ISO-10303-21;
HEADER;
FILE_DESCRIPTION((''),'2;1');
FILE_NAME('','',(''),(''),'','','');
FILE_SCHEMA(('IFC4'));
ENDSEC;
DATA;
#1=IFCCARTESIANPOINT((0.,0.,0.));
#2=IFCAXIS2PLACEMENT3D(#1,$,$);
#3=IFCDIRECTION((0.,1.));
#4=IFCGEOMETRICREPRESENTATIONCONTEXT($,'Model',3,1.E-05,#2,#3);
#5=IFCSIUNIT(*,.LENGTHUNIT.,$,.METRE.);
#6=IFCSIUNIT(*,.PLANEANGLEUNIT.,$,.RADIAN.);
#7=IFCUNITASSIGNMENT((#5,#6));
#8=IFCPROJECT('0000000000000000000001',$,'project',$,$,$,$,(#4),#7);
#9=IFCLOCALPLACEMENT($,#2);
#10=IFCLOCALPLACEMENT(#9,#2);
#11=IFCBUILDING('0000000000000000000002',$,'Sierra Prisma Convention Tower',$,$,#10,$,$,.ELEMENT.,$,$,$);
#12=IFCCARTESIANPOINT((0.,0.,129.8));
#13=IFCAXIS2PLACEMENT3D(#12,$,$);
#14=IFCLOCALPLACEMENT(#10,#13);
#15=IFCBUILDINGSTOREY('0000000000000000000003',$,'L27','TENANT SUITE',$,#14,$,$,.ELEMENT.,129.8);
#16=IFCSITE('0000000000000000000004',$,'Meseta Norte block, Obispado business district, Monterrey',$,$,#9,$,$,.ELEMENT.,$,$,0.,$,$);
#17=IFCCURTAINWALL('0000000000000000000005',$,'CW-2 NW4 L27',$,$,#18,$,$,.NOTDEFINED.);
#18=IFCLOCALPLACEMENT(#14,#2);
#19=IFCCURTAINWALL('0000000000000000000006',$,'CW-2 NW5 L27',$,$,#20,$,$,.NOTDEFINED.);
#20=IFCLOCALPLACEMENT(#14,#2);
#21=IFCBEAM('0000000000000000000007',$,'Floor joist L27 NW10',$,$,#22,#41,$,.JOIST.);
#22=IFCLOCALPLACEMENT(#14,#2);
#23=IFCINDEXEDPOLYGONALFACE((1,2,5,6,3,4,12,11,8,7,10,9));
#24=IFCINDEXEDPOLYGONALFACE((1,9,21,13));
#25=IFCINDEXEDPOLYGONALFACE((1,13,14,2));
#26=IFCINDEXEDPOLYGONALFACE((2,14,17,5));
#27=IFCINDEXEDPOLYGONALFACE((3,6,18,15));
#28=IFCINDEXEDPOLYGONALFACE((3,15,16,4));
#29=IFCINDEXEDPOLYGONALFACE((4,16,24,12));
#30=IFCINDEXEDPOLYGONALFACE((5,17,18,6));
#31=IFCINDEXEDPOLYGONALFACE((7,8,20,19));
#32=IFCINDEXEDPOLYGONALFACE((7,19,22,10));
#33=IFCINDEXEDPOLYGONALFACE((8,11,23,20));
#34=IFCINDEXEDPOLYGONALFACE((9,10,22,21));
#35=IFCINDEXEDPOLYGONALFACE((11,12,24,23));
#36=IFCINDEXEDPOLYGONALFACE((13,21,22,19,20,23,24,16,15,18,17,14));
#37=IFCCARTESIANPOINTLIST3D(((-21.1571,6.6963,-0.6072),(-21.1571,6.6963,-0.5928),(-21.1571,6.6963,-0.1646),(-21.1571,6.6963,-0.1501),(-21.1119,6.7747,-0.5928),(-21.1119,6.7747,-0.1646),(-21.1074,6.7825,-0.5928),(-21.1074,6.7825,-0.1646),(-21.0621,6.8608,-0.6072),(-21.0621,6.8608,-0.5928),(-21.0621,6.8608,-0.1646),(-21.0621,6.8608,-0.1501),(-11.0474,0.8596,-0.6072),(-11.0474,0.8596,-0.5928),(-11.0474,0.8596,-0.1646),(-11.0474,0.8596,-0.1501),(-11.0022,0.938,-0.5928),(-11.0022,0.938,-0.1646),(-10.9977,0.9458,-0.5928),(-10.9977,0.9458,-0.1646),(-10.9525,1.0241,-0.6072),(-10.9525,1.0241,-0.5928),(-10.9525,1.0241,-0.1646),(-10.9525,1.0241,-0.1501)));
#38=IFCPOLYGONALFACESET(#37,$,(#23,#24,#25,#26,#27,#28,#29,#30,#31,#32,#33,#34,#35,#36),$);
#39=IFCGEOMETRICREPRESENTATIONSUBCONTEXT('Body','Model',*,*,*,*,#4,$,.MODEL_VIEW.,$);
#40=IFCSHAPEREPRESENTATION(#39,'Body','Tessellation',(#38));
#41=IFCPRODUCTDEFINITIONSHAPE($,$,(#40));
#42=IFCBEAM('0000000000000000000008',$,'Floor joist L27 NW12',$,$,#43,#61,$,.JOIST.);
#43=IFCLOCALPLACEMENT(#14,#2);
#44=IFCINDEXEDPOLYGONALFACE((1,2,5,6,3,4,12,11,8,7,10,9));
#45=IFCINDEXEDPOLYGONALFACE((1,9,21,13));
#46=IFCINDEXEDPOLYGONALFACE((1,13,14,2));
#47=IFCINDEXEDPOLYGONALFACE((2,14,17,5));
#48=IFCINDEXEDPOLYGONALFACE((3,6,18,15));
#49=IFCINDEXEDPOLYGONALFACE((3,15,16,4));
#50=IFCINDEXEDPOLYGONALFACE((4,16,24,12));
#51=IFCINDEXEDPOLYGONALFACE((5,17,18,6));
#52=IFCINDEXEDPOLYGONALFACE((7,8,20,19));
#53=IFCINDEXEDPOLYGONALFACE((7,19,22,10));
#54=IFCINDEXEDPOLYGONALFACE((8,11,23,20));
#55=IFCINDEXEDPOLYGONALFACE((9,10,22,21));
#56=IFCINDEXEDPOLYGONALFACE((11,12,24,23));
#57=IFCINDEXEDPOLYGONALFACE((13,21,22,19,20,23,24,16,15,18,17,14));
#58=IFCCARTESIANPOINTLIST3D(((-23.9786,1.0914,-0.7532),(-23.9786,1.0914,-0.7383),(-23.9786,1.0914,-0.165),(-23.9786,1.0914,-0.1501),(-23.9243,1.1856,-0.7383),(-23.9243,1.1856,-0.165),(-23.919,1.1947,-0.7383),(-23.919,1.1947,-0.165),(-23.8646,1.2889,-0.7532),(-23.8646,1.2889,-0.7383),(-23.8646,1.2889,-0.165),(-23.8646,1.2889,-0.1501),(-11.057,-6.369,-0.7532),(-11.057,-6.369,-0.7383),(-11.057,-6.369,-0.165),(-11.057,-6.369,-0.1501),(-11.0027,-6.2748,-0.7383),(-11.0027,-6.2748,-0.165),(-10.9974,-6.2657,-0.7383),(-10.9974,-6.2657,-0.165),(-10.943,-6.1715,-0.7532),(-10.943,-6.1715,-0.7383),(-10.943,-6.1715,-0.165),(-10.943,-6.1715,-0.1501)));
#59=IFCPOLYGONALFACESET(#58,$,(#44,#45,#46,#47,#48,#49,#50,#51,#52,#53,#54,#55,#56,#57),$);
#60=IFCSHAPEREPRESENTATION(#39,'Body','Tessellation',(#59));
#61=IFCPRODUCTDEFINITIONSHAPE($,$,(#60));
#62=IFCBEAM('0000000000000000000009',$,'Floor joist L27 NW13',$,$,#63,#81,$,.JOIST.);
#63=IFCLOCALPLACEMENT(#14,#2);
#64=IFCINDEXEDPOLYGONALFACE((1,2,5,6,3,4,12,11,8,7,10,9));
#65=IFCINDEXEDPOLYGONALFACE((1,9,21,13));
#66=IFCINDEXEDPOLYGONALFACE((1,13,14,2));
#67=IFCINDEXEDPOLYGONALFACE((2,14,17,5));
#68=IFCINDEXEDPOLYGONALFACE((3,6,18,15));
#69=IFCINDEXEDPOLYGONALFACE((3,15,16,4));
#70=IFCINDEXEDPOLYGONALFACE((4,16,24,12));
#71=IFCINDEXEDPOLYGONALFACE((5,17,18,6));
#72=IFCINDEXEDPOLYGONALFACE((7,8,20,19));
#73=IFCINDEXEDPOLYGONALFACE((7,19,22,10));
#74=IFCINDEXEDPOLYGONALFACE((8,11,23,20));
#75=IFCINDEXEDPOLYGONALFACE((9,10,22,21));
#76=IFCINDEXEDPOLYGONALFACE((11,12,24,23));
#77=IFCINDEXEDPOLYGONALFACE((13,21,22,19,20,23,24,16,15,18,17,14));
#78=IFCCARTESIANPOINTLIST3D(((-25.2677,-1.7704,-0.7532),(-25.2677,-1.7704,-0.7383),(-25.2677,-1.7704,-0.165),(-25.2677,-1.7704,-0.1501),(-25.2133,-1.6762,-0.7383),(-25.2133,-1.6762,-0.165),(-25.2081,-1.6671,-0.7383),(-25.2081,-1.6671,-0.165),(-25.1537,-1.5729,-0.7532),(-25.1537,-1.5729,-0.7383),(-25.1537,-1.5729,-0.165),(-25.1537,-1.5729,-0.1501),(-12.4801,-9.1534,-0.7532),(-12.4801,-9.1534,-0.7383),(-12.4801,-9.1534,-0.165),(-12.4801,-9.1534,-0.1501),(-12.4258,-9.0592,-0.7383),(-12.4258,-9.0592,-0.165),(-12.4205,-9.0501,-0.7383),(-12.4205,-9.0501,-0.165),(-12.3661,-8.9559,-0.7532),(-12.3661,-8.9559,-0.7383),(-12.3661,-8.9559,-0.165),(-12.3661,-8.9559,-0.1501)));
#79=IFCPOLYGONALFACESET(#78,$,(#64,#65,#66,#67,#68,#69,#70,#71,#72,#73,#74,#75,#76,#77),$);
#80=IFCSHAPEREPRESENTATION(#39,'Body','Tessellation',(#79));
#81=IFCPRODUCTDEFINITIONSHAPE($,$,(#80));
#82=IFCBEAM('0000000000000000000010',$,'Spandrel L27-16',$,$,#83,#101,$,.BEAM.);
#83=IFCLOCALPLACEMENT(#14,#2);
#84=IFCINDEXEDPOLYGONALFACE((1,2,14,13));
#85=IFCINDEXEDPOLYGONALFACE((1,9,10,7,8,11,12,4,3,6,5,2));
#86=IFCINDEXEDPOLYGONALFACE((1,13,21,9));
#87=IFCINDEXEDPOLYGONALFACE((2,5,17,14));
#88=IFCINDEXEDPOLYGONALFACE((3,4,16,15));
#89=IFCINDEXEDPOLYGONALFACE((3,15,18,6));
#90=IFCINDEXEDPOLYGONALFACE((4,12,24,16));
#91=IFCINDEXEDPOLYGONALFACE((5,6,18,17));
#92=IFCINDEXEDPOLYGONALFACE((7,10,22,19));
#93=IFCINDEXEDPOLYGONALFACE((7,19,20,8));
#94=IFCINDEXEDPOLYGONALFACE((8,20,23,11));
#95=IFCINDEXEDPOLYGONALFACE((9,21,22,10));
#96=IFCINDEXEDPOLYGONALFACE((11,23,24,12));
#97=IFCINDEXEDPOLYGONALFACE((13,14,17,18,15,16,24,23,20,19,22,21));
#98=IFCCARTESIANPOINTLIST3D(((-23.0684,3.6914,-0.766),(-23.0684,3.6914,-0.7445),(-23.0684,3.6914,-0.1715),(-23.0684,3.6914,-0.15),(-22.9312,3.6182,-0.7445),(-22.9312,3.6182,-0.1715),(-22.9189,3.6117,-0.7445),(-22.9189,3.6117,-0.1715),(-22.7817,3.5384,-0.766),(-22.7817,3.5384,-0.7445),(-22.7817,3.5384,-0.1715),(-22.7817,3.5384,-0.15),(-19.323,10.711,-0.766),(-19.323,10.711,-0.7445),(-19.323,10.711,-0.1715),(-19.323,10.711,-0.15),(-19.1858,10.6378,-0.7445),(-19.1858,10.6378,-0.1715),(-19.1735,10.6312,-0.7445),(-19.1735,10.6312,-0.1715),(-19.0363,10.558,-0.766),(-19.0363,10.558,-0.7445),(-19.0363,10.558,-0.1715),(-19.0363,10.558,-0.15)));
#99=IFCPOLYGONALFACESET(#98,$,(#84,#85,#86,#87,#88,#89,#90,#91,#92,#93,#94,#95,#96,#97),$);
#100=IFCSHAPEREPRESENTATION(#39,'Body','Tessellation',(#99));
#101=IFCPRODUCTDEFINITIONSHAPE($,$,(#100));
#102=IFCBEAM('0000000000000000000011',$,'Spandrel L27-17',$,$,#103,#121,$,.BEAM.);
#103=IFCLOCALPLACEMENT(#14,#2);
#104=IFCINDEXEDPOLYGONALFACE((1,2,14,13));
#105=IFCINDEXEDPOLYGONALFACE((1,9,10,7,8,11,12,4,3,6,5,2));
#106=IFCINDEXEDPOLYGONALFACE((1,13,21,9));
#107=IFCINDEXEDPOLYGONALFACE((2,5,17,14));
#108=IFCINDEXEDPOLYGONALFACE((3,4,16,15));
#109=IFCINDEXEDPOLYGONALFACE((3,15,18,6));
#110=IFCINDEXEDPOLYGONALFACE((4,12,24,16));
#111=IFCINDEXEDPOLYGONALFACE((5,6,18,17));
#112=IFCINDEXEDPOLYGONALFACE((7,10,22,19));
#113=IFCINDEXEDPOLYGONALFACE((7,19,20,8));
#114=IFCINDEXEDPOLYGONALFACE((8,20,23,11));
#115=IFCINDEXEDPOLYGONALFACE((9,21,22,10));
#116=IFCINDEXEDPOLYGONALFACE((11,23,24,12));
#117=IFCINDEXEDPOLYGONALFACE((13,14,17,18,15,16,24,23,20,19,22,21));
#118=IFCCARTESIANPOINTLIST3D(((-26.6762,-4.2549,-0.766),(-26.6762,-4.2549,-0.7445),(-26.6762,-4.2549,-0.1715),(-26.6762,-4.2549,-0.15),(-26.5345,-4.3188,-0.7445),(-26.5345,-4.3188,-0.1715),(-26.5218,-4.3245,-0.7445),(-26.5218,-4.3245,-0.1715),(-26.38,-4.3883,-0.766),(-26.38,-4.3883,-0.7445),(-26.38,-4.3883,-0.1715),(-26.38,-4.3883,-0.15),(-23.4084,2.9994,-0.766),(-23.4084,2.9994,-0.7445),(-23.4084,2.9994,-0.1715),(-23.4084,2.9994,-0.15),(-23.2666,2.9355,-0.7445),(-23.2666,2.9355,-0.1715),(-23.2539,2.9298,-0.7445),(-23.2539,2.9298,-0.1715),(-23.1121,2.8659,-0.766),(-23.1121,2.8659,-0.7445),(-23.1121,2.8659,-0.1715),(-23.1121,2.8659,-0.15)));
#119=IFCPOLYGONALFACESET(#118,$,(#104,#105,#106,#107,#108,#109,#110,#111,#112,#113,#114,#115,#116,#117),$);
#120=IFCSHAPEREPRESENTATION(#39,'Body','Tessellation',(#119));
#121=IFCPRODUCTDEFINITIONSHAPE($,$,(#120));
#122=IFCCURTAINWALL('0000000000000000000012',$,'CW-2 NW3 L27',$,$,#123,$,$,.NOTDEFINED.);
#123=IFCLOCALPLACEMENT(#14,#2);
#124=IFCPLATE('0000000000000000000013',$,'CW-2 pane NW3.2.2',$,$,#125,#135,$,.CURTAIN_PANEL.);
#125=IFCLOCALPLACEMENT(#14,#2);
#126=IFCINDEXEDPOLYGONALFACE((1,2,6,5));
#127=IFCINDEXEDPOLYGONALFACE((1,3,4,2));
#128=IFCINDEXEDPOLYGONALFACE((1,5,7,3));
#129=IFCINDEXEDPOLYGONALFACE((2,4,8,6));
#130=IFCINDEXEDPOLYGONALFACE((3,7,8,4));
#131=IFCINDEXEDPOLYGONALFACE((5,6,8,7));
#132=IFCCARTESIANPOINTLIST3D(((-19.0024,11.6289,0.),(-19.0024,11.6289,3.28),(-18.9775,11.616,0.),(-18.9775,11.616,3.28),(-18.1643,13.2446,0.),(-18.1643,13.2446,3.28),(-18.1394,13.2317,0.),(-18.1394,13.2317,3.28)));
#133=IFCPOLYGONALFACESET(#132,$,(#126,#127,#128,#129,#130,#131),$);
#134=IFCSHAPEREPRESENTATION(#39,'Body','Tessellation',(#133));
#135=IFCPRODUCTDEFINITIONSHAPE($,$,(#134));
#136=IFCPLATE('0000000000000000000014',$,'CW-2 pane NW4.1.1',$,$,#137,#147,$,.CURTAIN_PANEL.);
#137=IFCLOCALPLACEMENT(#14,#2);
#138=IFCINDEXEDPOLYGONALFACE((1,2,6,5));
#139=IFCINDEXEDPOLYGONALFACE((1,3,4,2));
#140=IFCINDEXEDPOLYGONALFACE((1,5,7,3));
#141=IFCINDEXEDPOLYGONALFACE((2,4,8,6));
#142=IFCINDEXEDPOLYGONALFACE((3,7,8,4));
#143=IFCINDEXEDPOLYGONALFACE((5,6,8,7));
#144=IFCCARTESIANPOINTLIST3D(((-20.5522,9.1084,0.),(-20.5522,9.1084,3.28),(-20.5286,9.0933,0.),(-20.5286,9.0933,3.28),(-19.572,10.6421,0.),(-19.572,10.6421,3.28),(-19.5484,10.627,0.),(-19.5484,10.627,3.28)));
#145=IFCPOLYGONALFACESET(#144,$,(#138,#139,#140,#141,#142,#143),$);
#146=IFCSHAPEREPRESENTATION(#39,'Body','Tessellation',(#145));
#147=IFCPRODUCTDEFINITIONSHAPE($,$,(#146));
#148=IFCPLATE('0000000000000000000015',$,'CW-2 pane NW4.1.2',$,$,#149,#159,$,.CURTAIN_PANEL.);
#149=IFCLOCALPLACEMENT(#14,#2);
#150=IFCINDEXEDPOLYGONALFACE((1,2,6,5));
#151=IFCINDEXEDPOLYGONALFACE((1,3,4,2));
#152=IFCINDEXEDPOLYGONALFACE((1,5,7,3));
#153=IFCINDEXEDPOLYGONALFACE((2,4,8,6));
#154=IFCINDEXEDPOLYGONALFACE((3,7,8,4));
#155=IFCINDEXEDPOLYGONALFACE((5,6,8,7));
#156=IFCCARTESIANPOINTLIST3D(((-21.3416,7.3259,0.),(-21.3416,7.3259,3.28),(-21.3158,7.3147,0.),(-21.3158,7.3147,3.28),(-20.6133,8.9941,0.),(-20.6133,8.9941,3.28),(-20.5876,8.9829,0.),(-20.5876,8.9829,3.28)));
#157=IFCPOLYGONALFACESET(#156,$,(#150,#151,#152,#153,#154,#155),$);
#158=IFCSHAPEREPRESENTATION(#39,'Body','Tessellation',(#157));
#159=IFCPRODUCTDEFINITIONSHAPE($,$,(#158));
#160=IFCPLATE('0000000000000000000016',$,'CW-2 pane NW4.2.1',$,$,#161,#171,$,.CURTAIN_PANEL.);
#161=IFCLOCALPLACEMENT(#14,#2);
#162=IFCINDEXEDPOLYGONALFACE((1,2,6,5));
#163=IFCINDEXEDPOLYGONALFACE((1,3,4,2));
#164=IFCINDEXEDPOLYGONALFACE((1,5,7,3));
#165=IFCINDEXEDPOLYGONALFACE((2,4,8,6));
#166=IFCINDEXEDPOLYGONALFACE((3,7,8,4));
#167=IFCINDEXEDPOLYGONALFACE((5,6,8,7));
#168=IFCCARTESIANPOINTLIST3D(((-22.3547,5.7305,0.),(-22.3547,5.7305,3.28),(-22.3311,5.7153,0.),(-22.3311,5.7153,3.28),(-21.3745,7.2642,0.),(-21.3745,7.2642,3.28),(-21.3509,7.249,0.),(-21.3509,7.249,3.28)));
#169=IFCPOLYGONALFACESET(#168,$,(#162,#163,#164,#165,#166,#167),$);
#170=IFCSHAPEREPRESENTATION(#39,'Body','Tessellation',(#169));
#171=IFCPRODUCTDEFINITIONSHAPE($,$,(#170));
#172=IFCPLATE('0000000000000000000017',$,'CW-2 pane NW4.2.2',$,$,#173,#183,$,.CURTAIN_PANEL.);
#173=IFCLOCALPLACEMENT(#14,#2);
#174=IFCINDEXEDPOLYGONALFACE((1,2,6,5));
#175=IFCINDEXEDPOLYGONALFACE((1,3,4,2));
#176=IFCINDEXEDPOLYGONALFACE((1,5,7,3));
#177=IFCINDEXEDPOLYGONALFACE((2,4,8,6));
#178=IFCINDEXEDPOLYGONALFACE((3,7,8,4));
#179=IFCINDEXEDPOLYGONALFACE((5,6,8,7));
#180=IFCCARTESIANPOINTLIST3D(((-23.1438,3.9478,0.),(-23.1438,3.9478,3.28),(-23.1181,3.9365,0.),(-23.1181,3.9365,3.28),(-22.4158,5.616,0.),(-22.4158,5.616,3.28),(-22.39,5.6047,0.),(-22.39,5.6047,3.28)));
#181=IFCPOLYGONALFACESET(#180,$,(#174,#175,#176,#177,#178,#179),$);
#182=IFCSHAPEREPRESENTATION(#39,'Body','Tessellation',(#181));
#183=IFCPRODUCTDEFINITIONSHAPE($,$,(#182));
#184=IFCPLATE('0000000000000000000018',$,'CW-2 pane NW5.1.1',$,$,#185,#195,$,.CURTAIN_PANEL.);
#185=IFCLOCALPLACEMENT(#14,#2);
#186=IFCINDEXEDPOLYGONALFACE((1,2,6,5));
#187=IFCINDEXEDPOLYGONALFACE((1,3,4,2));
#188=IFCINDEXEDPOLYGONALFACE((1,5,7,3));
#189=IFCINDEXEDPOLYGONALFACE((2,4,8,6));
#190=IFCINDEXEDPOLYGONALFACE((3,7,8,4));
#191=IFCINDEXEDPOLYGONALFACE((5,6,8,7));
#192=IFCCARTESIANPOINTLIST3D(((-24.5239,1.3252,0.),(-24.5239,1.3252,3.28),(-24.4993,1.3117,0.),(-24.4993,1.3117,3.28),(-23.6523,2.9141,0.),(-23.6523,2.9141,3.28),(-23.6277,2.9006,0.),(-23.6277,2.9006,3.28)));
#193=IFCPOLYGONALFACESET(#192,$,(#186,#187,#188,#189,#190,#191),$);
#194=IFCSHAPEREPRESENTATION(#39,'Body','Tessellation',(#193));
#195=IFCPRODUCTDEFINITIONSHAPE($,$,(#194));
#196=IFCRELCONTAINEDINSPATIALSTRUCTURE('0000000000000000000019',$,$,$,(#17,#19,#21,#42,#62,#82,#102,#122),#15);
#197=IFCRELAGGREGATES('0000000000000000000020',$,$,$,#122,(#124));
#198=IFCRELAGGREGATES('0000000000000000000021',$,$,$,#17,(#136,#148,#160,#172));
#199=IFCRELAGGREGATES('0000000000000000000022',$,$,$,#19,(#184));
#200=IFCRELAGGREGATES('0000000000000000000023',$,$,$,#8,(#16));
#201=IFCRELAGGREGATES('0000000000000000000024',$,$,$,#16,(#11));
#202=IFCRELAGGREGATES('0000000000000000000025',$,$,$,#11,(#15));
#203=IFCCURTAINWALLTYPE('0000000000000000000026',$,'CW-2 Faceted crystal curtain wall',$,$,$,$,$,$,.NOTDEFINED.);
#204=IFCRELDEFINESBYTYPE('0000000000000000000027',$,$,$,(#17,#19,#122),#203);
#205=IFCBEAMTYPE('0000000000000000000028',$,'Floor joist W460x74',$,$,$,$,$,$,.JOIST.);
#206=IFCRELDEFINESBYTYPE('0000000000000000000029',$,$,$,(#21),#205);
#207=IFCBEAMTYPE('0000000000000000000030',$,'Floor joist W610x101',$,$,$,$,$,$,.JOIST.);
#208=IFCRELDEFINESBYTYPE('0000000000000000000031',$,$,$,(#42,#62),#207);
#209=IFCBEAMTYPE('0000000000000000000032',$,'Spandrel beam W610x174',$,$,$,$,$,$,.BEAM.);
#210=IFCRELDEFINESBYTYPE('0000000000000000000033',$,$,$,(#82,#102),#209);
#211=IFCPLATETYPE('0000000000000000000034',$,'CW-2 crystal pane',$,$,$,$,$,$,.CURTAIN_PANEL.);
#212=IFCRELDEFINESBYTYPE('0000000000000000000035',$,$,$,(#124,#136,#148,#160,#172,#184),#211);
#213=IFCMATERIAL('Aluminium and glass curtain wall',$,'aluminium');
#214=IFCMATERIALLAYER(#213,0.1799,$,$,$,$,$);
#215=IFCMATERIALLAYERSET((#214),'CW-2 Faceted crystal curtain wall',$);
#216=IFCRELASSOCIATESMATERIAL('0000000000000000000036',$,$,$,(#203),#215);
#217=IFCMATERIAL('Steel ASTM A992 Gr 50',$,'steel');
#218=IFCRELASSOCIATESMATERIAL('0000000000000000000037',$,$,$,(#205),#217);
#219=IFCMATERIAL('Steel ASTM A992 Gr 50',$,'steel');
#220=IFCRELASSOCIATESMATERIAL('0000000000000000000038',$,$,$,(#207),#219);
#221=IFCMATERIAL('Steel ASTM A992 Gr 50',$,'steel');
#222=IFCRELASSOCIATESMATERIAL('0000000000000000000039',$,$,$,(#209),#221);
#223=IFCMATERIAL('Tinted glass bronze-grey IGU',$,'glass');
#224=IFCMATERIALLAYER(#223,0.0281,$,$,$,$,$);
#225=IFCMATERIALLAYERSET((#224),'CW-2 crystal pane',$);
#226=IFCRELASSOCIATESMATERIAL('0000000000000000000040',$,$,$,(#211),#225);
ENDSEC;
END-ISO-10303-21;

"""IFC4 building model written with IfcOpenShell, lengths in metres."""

from ifc_helpers import new_model, si_unit, direction, frame, origin, origin_2d, place, context, subcontext, project, spatial, polyline, i_section, outline, extrude, material, layer, layer_set, material_profile, profile_set, type_object, element, aggregate, save


model = new_model("IFC4")

# Units and contexts
model_context = context("Model", 3, precision=1e-05, world=origin(), true_north=direction((0.0, 1.0)))
body_context = subcontext(model_context, "Body", "Model", "MODEL_VIEW")
ifc_project = project(units=[si_unit("LENGTHUNIT", "METRE"), si_unit("PLANEANGLEUNIT", "RADIAN")], contexts=[model_context])

# Site, building, storey
site_placement = place(None, origin())
site = spatial("IfcSite", under=ifc_project, at=site_placement, Name="Meseta Norte block, Obispado business district, Monterrey", CompositionType="ELEMENT", RefElevation=0.0)
building_placement = place(site_placement, origin())
building = spatial("IfcBuilding", under=site, at=building_placement, Name="Sierra Prisma Convention Tower", CompositionType="ELEMENT")
storey_placement = place(building_placement, frame((0.0, 0.0, 129.8)))
storey = spatial("IfcBuildingStorey", under=building, at=storey_placement, Name="L27", Description="TENANT SUITE", CompositionType="ELEMENT", Elevation=129.8)

# Curtain wall
ifc_material_1 = material(Name="Aluminium and glass curtain wall", Category="aluminium")
ifc_layer_1 = layer(ifc_material_1, 0.1799)
ifc_layer_set_1 = layer_set([ifc_layer_1], Name="CW-2 Faceted crystal curtain wall")
curtain_wall_type = type_object("IfcCurtainWallType", Name="CW-2 Faceted crystal curtain wall", PredefinedType="NOTDEFINED", material=ifc_layer_set_1)
curtain_wall_1_placement = place(storey_placement, origin())
curtain_wall_1 = element("IfcCurtainWall", 1, at=curtain_wall_1_placement, inside=storey, type_object=curtain_wall_type, Name="CW-2 NW4 L27", PredefinedType="NOTDEFINED")

# Curtain wall
curtain_wall_2_placement = place(storey_placement, origin())
curtain_wall_2 = element("IfcCurtainWall", 2, at=curtain_wall_2_placement, inside=storey, type_object=curtain_wall_type, Name="CW-2 NW5 L27", PredefinedType="NOTDEFINED")

# Beams
ifc_material_2 = material(Name="Steel ASTM A992 Gr 50", Category="steel")
ifc_material_profile_1 = material_profile(ifc_material_2, i_section(OverallWidth=0.1899, OverallDepth=0.457, WebThickness=0.009, FlangeThickness=0.0144, at=origin_2d()), Name="W460x74")
ifc_profile_set_1 = profile_set([ifc_material_profile_1], Name="Steel ASTM A992 Gr 50")
beam_type_1 = type_object("IfcBeamType", Name="Floor joist W460x74", PredefinedType="JOIST", material=ifc_profile_set_1)
beam_1_placement = place(storey_placement, frame((-21.1096, 6.7786, -0.3787), z_axis=(0.86603, -0.499992, 0.0), x_axis=(0.499992, 0.86603, 0.0)))
element("IfcBeam", 3, at=beam_1_placement, inside=storey, type_object=beam_type_1, Name="Floor joist L27 NW10", PredefinedType="JOIST", context=body_context, shape_type="SweptSolid", body=[
    extrude(i_section(OverallWidth=0.1899, OverallDepth=0.457, WebThickness=0.009, FlangeThickness=0.0144, at=origin_2d()), origin(), (0.0, 0.0, 1.0), 11.6736),
])
ifc_material_3 = material(Name="Steel ASTM A992 Gr 50", Category="steel")
ifc_material_profile_2 = material_profile(ifc_material_3, i_section(OverallWidth=0.228, OverallDepth=0.603, WebThickness=0.0105, FlangeThickness=0.0149, at=origin_2d()), Name="W610x101")
ifc_profile_set_2 = profile_set([ifc_material_profile_2], Name="Steel ASTM A992 Gr 50")
beam_type_2 = type_object("IfcBeamType", Name="Floor joist W610x101", PredefinedType="JOIST", material=ifc_profile_set_2)
beam_2_placement = place(storey_placement, frame((-23.9216, 1.1902, -0.4517), z_axis=(0.866021, -0.500007, 0.0), x_axis=(0.500007, 0.866021, 0.0)))
element("IfcBeam", 4, at=beam_2_placement, inside=storey, type_object=beam_type_2, Name="Floor joist L27 NW12", PredefinedType="JOIST", context=body_context, shape_type="SweptSolid", body=[
    extrude(i_section(OverallWidth=0.228, OverallDepth=0.603, WebThickness=0.0105, FlangeThickness=0.0149, at=origin_2d()), origin(), (0.0, 0.0, 1.0), 14.9207),
])
beam_3_placement = place(storey_placement, frame((-25.2107, -1.6716, -0.4517), z_axis=(0.866021, -0.500007, 0.0), x_axis=(0.500007, 0.866021, 0.0)))
element("IfcBeam", 5, at=beam_3_placement, inside=storey, type_object=beam_type_2, Name="Floor joist L27 NW13", PredefinedType="JOIST", context=body_context, shape_type="SweptSolid", body=[
    extrude(i_section(OverallWidth=0.228, OverallDepth=0.603, WebThickness=0.0105, FlangeThickness=0.0149, at=origin_2d()), origin(), (0.0, 0.0, 1.0), 14.7659),
])
ifc_material_4 = material(Name="Steel ASTM A992 Gr 50", Category="steel")
ifc_material_profile_3 = material_profile(ifc_material_4, i_section(OverallWidth=0.325, OverallDepth=0.616, WebThickness=0.0139, FlangeThickness=0.0215, at=origin_2d()), Name="W610x174")
ifc_profile_set_3 = profile_set([ifc_material_profile_3], Name="Steel ASTM A992 Gr 50")
beam_type_3 = type_object("IfcBeamType", Name="Spandrel beam W610x174", PredefinedType="BEAM", material=ifc_profile_set_3)
for number, where, z_axis, x_axis, name in (
    (6, (-19.1797, 10.6345, -0.458), (-0.470746, -0.882269, 0.0), (0.882269, -0.470746, 0.0), "Spandrel L27-16"),
    (7, (-23.2603, 2.9326, -0.458), (-0.410726, -0.911759, 0.0), (0.911759, -0.410726, 0.0), "Spandrel L27-17"),
):
    element("IfcBeam", number, at=place(storey_placement, frame(where, z_axis=z_axis, x_axis=x_axis)), inside=storey, type_object=beam_type_3, Name=name, PredefinedType="BEAM", context=body_context, shape_type="SweptSolid", body=[
        extrude(i_section(OverallWidth=0.325, OverallDepth=0.616, WebThickness=0.0139, FlangeThickness=0.0215, at=origin_2d()), origin(), (0.0, 0.0, 1.0), 7.9563),
    ])

# Curtain wall, plate
curtain_wall_3_placement = place(storey_placement, origin())
curtain_wall_3 = element("IfcCurtainWall", 8, at=curtain_wall_3_placement, inside=storey, type_object=curtain_wall_type, Name="CW-2 NW3 L27", PredefinedType="NOTDEFINED")
ifc_material_5 = material(Name="Tinted glass bronze-grey IGU", Category="glass")
ifc_layer_2 = layer(ifc_material_5, 0.0281)
ifc_layer_set_2 = layer_set([ifc_layer_2], Name="CW-2 crystal pane")
plate_type = type_object("IfcPlateType", Name="CW-2 crystal pane", PredefinedType="CURTAIN_PANEL", material=ifc_layer_set_2)
plate_1_placement = place(storey_placement, frame((-19.0024, 11.6289, 0.0), z_axis=(-0.887675, 0.46047, 0.0), x_axis=(0.46047, 0.887675, 0.0)))
plate_1 = element("IfcPlate", 9, at=plate_1_placement, type_object=plate_type, Name="CW-2 pane NW3.2.2", PredefinedType="CURTAIN_PANEL", context=body_context, shape_type="SweptSolid", body=[
    extrude(outline(polyline([(0.0, 0.0), (1.8202, 0.0), (1.8202, -3.28), (0.0, -3.28), (0.0, 0.0)])), origin(), (0.0, 0.0, -1.0), 0.0281),
])
aggregate(curtain_wall_3, [plate_1])

# Plates
plate_2_placement = place(storey_placement, frame((-19.572, 10.6421, 0.0), z_axis=(-0.842605, 0.538532, 0.0), x_axis=(-0.538532, -0.842605, 0.0)))
plate_2 = element("IfcPlate", 10, at=plate_2_placement, type_object=plate_type, Name="CW-2 pane NW4.1.1", PredefinedType="CURTAIN_PANEL", context=body_context, shape_type="SweptSolid", body=[
    extrude(outline(polyline([(0.0, 0.0), (1.8202, 0.0), (1.8202, 3.28), (0.0, 3.28), (0.0, 0.0)])), origin(), (0.0, 0.0, -1.0), 0.0281),
])
plate_3_placement = place(storey_placement, frame((-21.3416, 7.3259, 0.0), z_axis=(-0.916474, 0.400094, 0.0), x_axis=(0.400094, 0.916474, 0.0)))
plate_3 = element("IfcPlate", 11, at=plate_3_placement, type_object=plate_type, Name="CW-2 pane NW4.1.2", PredefinedType="CURTAIN_PANEL", context=body_context, shape_type="SweptSolid", body=[
    extrude(outline(polyline([(0.0, 0.0), (1.8203, 0.0), (1.8203, -3.28), (0.0, -3.28), (0.0, 0.0)])), origin(), (0.0, 0.0, -1.0), 0.0281),
])
plate_4_placement = place(storey_placement, frame((-21.3745, 7.2642, 0.0), z_axis=(-0.842605, 0.538532, 0.0), x_axis=(-0.538532, -0.842605, 0.0)))
plate_4 = element("IfcPlate", 12, at=plate_4_placement, type_object=plate_type, Name="CW-2 pane NW4.2.1", PredefinedType="CURTAIN_PANEL", context=body_context, shape_type="SweptSolid", body=[
    extrude(outline(polyline([(0.0, 0.0), (1.8202, 0.0), (1.8202, 3.28), (0.0, 3.28), (0.0, 0.0)])), origin(), (0.0, 0.0, -1.0), 0.0281),
])
plate_5_placement = place(storey_placement, frame((-23.1438, 3.9478, 0.0), z_axis=(-0.916523, 0.399981, 0.0), x_axis=(0.399981, 0.916523, 0.0)))
plate_5 = element("IfcPlate", 13, at=plate_5_placement, type_object=plate_type, Name="CW-2 pane NW4.2.2", PredefinedType="CURTAIN_PANEL", context=body_context, shape_type="SweptSolid", body=[
    extrude(outline(polyline([(0.0, 0.0), (1.8202, 0.0), (1.8202, -3.28), (0.0, -3.28), (0.0, 0.0)])), origin(), (0.0, 0.0, -1.0), 0.0281),
])
aggregate(curtain_wall_1, [plate_2, plate_3, plate_4, plate_5])
plate_6_placement = place(storey_placement, frame((-23.6523, 2.9141, 0.0), z_axis=(-0.87675, 0.480946, 0.0), x_axis=(-0.480946, -0.87675, 0.0)))
plate_6 = element("IfcPlate", 14, at=plate_6_placement, type_object=plate_type, Name="CW-2 pane NW5.1.1", PredefinedType="CURTAIN_PANEL", context=body_context, shape_type="SweptSolid", body=[
    extrude(outline(polyline([(0.0, 0.0), (1.8122, 0.0), (1.8122, 3.28), (0.0, 3.28), (0.0, 0.0)])), origin(), (0.0, 0.0, -1.0), 0.0281),
])
aggregate(curtain_wall_2, [plate_6])

save(model, "model.ifc")
